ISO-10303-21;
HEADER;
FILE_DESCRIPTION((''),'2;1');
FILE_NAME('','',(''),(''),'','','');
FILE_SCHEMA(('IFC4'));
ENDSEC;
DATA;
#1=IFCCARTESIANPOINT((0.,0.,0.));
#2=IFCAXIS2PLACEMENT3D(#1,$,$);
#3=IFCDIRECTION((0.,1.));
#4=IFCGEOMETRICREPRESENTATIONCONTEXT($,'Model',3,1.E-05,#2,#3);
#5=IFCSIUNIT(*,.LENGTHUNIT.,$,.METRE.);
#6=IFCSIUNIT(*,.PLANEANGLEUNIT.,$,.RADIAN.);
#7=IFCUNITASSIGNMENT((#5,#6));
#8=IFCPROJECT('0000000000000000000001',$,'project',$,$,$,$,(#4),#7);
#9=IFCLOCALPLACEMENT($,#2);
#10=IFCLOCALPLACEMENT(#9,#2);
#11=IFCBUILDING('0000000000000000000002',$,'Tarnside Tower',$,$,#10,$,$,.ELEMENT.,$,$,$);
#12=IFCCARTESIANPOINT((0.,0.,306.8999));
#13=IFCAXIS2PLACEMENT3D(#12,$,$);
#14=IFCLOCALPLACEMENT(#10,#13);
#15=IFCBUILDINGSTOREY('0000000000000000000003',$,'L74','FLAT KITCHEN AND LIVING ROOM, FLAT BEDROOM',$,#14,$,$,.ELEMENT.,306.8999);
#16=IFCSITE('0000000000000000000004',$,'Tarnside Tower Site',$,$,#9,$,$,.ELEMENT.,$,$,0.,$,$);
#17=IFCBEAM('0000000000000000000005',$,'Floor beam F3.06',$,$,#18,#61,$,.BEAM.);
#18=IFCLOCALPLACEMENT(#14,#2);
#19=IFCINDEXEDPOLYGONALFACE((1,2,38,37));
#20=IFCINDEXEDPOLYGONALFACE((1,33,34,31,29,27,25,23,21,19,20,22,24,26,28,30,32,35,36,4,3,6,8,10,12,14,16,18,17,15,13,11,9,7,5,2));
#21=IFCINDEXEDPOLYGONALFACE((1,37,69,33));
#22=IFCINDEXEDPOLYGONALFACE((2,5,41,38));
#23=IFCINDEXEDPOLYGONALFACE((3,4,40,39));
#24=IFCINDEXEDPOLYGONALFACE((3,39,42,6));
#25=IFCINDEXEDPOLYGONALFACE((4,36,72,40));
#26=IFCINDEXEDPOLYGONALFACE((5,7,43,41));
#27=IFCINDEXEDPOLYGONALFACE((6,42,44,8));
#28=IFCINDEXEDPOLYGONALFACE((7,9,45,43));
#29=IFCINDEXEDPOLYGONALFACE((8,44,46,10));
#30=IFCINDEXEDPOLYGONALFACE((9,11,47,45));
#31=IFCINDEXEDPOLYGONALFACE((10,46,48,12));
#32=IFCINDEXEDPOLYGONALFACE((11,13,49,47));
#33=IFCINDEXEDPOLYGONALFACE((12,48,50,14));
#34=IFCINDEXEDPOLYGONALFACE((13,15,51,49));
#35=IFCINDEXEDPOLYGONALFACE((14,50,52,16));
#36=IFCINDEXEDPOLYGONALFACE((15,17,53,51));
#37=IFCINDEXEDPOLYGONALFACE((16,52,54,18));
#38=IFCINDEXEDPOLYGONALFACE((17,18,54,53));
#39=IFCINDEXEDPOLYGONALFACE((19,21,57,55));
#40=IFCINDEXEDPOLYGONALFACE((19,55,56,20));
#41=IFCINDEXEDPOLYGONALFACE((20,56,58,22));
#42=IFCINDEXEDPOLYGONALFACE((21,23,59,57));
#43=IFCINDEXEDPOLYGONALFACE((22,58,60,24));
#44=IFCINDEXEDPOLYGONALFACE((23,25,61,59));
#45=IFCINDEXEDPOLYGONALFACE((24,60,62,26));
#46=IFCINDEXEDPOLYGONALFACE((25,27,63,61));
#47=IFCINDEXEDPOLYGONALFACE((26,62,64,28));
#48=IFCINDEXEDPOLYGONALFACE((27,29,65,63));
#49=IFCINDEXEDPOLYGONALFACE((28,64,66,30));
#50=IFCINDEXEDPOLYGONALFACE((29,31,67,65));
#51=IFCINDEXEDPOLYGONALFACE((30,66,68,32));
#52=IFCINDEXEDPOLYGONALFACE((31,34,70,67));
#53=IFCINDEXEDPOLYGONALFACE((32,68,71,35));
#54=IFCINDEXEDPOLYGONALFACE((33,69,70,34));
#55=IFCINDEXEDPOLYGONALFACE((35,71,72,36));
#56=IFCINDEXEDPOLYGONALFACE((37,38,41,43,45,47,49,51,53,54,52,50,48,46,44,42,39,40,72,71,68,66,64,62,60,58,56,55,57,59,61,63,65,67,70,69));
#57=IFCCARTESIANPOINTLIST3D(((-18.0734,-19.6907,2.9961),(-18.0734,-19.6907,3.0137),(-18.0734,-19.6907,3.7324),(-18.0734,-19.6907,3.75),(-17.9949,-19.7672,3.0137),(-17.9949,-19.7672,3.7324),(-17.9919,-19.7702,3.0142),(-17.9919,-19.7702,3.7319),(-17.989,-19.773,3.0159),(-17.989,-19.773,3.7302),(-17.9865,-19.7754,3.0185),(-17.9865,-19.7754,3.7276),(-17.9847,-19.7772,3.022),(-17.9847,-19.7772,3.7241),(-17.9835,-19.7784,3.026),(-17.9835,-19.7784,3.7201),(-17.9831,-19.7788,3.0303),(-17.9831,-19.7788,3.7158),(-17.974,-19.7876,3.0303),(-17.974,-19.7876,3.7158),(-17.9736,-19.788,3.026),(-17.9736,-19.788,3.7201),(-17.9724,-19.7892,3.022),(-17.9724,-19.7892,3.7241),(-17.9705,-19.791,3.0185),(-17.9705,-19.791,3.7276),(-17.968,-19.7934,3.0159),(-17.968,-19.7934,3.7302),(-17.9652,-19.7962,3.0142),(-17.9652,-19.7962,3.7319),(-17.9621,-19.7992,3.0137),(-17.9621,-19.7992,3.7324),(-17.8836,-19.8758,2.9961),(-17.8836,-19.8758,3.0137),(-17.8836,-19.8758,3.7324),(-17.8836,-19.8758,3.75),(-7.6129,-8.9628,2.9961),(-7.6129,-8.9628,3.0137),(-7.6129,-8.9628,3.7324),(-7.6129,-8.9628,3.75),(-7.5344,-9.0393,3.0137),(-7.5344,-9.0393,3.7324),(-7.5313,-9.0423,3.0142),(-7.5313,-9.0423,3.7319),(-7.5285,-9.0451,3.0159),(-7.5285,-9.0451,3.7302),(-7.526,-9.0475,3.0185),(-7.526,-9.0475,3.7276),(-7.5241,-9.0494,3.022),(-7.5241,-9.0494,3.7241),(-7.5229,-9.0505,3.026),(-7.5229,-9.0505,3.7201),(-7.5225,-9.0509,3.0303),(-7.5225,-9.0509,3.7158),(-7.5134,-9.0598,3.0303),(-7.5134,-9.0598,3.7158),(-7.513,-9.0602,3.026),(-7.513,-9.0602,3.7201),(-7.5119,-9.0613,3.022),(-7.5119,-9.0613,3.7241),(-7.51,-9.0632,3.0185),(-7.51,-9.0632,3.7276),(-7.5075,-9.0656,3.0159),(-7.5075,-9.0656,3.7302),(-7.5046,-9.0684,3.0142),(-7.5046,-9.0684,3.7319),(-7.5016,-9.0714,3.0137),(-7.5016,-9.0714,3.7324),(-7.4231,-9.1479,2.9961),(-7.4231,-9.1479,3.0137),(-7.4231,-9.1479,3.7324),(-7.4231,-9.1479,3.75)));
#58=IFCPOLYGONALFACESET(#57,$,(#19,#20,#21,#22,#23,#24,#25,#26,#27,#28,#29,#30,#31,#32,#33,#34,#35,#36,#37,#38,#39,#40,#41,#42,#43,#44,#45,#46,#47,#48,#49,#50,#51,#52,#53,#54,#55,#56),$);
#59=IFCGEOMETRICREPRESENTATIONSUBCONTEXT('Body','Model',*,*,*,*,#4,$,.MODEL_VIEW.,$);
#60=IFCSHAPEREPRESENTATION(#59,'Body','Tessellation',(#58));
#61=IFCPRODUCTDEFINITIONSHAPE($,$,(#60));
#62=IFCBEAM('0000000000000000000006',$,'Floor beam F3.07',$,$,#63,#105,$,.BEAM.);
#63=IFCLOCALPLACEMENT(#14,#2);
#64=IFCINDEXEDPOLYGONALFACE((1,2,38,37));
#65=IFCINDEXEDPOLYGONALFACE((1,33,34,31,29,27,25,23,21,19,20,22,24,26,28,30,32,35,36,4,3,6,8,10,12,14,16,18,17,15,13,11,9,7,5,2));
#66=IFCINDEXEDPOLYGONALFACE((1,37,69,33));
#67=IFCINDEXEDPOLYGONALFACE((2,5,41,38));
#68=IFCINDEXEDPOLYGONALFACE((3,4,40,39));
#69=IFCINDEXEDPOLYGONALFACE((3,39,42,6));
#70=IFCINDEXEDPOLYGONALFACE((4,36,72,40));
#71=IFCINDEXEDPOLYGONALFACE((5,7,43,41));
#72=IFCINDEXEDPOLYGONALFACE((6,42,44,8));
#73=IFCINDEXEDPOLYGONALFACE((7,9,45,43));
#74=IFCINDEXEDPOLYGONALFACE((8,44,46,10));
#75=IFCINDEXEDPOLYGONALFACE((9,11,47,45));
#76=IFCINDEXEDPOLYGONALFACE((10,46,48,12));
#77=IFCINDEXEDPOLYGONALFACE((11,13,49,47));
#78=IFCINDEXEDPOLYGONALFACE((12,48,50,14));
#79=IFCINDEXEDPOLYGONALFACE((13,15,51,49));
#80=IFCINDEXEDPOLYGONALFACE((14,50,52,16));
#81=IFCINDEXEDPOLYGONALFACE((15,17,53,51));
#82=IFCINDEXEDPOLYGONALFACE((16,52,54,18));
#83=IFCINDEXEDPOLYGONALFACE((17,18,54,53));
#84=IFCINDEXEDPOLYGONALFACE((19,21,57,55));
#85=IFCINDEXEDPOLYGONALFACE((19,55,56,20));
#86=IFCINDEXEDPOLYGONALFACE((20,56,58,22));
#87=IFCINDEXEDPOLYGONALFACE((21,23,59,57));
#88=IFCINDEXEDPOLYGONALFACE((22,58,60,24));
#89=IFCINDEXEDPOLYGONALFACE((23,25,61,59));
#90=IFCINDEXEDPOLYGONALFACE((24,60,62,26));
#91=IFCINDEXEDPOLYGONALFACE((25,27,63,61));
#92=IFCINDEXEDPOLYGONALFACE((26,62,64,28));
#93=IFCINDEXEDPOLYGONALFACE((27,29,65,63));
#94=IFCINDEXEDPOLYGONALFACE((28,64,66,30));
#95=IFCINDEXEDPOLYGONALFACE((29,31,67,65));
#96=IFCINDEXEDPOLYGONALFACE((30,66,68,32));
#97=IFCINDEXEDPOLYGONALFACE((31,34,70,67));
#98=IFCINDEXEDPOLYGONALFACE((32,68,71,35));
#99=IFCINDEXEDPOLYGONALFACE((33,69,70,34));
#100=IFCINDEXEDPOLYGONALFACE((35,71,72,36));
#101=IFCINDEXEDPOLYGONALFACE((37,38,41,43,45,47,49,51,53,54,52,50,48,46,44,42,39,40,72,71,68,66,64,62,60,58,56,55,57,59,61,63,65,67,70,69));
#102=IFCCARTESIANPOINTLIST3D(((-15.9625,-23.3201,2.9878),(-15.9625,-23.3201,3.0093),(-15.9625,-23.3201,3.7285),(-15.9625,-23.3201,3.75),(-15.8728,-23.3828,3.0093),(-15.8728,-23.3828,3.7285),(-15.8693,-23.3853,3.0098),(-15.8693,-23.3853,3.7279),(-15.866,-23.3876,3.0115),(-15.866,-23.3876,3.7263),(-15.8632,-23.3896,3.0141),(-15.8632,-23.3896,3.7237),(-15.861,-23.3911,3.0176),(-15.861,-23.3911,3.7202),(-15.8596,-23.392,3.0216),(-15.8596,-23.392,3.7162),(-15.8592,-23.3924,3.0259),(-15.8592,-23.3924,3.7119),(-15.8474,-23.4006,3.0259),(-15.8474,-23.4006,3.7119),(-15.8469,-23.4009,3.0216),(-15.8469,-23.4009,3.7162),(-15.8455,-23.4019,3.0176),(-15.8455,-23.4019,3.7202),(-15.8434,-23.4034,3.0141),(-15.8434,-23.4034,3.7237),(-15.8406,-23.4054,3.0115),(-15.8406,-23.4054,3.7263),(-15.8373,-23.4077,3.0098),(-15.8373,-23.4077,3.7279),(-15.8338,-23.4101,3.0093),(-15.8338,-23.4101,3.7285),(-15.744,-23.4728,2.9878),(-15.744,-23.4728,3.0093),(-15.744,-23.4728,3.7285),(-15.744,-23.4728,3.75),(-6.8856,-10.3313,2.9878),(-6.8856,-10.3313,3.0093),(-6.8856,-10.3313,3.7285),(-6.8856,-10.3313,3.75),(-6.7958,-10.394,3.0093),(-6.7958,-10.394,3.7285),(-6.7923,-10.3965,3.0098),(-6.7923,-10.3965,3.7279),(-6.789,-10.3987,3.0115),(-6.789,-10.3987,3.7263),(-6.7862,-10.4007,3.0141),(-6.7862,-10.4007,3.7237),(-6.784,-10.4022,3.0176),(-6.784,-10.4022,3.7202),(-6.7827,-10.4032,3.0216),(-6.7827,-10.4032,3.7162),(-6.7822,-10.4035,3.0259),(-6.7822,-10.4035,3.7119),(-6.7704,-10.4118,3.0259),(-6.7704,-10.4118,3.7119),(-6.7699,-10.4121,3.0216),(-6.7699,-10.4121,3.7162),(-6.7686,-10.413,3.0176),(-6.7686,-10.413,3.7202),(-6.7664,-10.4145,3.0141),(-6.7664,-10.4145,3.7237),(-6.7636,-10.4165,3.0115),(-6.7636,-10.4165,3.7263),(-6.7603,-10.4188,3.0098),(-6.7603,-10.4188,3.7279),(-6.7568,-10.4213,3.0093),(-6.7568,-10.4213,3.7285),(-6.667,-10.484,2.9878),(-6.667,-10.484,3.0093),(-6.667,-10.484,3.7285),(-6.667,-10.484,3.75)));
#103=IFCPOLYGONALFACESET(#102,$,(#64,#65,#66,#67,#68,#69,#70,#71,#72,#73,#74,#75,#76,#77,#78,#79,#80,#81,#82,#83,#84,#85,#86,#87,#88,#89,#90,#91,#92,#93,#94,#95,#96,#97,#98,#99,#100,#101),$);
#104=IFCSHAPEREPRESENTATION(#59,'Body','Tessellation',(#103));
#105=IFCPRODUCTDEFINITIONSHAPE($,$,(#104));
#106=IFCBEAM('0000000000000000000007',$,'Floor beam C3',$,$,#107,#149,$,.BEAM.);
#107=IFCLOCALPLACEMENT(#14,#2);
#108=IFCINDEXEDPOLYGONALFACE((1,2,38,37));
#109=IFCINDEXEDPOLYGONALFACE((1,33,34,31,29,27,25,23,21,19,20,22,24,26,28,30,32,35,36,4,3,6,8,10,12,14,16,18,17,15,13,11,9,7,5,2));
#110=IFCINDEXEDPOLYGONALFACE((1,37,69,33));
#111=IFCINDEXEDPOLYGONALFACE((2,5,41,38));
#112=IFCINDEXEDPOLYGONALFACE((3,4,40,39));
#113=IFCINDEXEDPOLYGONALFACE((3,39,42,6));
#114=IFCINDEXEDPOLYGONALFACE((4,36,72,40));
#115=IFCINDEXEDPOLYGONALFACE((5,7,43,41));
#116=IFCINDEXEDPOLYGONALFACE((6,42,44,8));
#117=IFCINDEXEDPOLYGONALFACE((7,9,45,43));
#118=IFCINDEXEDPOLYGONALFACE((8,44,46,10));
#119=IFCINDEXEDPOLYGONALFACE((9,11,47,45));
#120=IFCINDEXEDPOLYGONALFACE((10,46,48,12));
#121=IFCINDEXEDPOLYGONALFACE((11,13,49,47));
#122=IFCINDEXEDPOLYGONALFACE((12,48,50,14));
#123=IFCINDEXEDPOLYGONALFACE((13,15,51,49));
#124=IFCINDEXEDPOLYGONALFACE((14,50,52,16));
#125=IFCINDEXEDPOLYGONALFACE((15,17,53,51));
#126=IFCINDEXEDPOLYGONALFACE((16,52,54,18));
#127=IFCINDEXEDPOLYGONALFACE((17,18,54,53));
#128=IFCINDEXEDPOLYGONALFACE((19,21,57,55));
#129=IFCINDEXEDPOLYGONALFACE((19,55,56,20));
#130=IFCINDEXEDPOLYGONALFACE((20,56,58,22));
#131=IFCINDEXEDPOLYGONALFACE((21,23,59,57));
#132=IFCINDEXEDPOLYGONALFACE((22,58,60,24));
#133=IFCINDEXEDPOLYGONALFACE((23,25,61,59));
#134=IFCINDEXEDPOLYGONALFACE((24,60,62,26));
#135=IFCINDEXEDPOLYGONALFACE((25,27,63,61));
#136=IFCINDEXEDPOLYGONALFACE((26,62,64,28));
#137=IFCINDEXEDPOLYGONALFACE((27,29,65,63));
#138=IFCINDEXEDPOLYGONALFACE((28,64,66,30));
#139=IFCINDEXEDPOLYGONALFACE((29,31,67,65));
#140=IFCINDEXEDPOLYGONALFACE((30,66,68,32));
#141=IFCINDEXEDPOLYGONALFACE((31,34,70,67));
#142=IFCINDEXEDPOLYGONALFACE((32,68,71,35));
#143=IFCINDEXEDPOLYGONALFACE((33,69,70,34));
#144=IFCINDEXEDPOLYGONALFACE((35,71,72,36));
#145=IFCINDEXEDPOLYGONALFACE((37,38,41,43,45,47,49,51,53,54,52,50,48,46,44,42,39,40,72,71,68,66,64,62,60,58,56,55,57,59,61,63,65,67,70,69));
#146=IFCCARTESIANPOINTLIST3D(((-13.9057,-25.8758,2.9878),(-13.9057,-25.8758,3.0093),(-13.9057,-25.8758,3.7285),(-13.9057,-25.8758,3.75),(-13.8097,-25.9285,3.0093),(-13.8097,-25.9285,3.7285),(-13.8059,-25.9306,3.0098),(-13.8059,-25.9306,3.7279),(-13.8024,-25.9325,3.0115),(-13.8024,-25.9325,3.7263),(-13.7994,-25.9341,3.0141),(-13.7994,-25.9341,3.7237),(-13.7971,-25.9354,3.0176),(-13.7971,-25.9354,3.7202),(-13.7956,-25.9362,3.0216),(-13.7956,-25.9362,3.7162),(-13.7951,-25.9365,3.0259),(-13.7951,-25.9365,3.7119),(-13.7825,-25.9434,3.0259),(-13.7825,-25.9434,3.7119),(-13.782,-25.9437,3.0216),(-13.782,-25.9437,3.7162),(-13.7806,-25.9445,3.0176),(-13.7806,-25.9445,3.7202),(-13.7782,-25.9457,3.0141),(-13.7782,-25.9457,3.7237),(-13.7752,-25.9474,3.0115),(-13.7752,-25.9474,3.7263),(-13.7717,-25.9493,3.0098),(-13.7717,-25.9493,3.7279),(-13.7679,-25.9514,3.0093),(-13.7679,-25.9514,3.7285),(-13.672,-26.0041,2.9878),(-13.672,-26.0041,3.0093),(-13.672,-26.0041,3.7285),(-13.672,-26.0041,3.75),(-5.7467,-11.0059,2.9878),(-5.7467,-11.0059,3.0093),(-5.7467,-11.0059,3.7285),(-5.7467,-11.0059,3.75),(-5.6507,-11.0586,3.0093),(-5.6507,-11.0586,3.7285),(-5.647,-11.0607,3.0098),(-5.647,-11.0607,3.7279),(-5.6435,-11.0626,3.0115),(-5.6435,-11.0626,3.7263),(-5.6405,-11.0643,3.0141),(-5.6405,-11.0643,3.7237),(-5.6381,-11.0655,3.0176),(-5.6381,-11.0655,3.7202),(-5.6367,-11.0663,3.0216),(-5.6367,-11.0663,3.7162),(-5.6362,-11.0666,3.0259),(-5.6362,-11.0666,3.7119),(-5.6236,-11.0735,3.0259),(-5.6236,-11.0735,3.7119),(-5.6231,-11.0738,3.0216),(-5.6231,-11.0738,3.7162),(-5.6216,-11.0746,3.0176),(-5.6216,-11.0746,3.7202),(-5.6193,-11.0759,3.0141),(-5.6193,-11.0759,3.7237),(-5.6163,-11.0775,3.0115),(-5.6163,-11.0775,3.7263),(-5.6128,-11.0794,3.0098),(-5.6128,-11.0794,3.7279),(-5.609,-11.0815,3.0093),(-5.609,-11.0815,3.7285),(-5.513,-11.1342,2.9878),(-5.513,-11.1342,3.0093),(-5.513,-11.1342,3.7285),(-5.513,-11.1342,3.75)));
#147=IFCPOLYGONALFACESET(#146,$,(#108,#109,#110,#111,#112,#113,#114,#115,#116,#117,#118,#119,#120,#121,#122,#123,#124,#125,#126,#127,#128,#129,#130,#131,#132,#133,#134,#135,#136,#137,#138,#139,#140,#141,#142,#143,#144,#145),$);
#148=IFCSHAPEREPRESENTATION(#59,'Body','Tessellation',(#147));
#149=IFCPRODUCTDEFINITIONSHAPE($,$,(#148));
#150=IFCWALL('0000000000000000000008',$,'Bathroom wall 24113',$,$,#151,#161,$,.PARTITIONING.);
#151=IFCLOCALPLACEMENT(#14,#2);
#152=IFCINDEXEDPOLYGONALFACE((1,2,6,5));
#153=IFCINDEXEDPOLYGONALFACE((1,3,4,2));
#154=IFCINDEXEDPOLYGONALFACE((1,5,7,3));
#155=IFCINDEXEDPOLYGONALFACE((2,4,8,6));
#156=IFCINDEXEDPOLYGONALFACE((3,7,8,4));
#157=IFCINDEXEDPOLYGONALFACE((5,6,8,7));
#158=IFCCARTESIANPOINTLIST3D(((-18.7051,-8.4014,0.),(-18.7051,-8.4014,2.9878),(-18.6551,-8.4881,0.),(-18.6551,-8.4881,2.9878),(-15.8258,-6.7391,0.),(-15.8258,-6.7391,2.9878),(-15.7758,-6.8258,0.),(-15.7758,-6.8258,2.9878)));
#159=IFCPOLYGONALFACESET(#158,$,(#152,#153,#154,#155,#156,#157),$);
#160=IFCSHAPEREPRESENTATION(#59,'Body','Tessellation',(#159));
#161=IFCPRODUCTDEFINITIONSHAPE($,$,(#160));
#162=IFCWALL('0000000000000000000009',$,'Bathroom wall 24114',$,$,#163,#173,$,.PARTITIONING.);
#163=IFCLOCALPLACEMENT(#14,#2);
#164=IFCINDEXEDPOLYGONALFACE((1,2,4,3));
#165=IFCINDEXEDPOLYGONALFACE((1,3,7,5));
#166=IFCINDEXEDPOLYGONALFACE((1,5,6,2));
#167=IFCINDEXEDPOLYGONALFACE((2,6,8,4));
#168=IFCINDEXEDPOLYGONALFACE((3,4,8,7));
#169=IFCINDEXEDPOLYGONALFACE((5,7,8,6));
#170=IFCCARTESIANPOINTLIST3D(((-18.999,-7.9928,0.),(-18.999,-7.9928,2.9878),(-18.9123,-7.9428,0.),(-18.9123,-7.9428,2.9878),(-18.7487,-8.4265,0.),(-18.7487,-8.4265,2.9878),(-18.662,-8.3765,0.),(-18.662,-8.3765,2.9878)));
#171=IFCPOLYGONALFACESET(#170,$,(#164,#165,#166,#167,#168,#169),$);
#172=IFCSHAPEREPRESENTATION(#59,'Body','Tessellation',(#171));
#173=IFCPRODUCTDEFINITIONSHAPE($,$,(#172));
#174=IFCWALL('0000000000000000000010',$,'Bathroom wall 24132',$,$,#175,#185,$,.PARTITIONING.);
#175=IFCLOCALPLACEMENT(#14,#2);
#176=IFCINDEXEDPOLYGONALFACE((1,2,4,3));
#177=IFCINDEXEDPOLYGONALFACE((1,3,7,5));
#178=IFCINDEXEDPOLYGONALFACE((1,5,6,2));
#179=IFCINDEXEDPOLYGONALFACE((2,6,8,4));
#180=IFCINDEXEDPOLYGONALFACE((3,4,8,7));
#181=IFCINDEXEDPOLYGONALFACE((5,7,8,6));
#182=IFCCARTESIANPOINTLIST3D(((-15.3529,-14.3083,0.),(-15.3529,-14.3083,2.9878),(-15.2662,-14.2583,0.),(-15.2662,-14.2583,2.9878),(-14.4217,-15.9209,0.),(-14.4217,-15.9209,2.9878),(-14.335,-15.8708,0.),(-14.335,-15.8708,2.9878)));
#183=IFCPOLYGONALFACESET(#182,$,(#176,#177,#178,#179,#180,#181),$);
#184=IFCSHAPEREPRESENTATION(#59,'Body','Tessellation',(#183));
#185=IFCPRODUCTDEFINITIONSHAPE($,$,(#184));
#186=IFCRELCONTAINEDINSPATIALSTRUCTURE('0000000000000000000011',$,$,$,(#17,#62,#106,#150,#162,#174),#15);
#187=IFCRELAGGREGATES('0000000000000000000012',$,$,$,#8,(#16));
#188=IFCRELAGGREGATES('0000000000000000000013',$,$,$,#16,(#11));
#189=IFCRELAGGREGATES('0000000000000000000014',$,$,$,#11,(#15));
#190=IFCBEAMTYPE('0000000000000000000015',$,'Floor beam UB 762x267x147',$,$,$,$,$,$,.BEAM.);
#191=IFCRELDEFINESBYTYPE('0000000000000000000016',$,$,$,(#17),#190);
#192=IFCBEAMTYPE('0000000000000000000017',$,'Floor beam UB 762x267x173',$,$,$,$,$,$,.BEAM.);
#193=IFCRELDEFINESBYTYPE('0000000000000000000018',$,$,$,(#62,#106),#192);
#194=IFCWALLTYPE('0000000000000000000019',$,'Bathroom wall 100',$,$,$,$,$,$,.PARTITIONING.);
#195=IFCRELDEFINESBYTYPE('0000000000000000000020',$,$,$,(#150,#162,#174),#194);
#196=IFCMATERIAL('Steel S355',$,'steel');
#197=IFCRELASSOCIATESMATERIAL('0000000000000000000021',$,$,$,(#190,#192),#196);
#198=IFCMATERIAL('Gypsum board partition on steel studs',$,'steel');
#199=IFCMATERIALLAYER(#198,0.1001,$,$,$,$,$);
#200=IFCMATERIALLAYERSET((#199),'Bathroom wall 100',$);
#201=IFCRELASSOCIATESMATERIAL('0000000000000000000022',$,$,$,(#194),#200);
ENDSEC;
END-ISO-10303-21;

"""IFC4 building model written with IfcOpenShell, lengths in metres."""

from ifc_helpers import new_model, si_unit, direction, frame, frame_2d, origin, origin_2d, place, context, subcontext, project, spatial, rectangle, i_section, extrude, material, layer, layer_set, material_profile, profile_set, type_object, element, save


model = new_model("IFC4")

# Units and contexts
model_context = context("Model", 3, precision=1e-05, world=origin(), true_north=direction((0.0, 1.0)))
body_context = subcontext(model_context, "Body", "Model", "MODEL_VIEW")
ifc_project = project(units=[si_unit("LENGTHUNIT", "METRE"), si_unit("PLANEANGLEUNIT", "RADIAN")], contexts=[model_context])

# Site, building, storey
site_placement = place(None, origin())
site = spatial("IfcSite", under=ifc_project, at=site_placement, Name="Tarnside Tower Site", CompositionType="ELEMENT", RefElevation=0.0)
building_placement = place(site_placement, origin())
building = spatial("IfcBuilding", under=site, at=building_placement, Name="Tarnside Tower", CompositionType="ELEMENT")
storey_placement = place(building_placement, frame((0.0, 0.0, 306.8999)))
storey = spatial("IfcBuildingStorey", under=building, at=storey_placement, Name="L74", Description="FLAT KITCHEN AND LIVING ROOM, FLAT BEDROOM", CompositionType="ELEMENT", Elevation=306.8999)

# Beams
ifc_material_1 = material(Name="Steel S355", Category="steel")
ifc_material_profile_1 = material_profile(ifc_material_1, i_section(OverallWidth=0.2651, OverallDepth=0.7539, WebThickness=0.0127, FlangeThickness=0.0176, FilletRadius=0.0166, at=origin_2d()), Name="UB 762x267x147")
ifc_profile_set_1 = profile_set([ifc_material_profile_1], Name="Steel S355")
beam_type_1 = type_object("IfcBeamType", Name="Floor beam UB 762x267x147", PredefinedType="BEAM", material=ifc_profile_set_1)
beam_1_placement = place(storey_placement, frame((-17.9785, -19.7832, 3.373), z_axis=(0.69813, 0.715971, 0.0), x_axis=(-0.715971, 0.69813, 0.0)))
element("IfcBeam", 1, at=beam_1_placement, inside=storey, type_object=beam_type_1, Name="Floor beam F3.06", PredefinedType="BEAM", context=body_context, shape_type="SweptSolid", body=[
    extrude(i_section(OverallWidth=0.2651, OverallDepth=0.7539, WebThickness=0.0127, FlangeThickness=0.0176, FilletRadius=0.0166, at=origin_2d()), origin(), (0.0, 0.0, 1.0), 14.9836),
])
ifc_material_profile_2 = material_profile(ifc_material_1, i_section(OverallWidth=0.2666, OverallDepth=0.7622, WebThickness=0.0144, FlangeThickness=0.0215, FilletRadius=0.0166, at=origin_2d()), Name="UB 762x267x173")
ifc_profile_set_2 = profile_set([ifc_material_profile_2], Name="Steel S355")
beam_type_2 = type_object("IfcBeamType", Name="Floor beam UB 762x267x173", PredefinedType="BEAM", material=ifc_profile_set_2)
beam_2_placement = place(storey_placement, frame((-15.8533, -23.3965, 3.3689), z_axis=(0.572817, 0.819683, 0.0), x_axis=(-0.819683, 0.572817, 0.0)))
element("IfcBeam", 2, at=beam_2_placement, inside=storey, type_object=beam_type_2, Name="Floor beam F3.07", PredefinedType="BEAM", context=body_context, shape_type="SweptSolid", body=[
    extrude(i_section(OverallWidth=0.2666, OverallDepth=0.7622, WebThickness=0.0144, FlangeThickness=0.0215, FilletRadius=0.0166, at=origin_2d()), origin(), (0.0, 0.0, 1.0), 15.8462),
])
beam_3_placement = place(storey_placement, frame((-13.7888, -25.9399, 3.3689), z_axis=(0.481036, 0.876701, 0.0), x_axis=(-0.876701, 0.481036, 0.0)))
element("IfcBeam", 3, at=beam_3_placement, inside=storey, type_object=beam_type_2, Name="Floor beam C3", PredefinedType="BEAM", context=body_context, shape_type="SweptSolid", body=[
    extrude(i_section(OverallWidth=0.2666, OverallDepth=0.7622, WebThickness=0.0144, FlangeThickness=0.0215, FilletRadius=0.0166, at=origin_2d()), origin(), (0.0, 0.0, 1.0), 16.9612),
])

# Walls
ifc_material_2 = material(Name="Gypsum board partition on steel studs", Category="steel")
ifc_layer_1 = layer(ifc_material_2, 0.1001)
ifc_layer_set_1 = layer_set([ifc_layer_1], Name="Bathroom wall 100")
wall_type_1 = type_object("IfcWallType", Name="Bathroom wall 100", PredefinedType="PARTITIONING", material=ifc_layer_set_1)
wall_1_placement = place(storey_placement, frame((-15.8008, -6.7825, 0.0), z_axis=(0.0, 0.0, 1.0), x_axis=(-0.866034, -0.499985, 0.0)))
element("IfcWall", 4, at=wall_1_placement, inside=storey, type_object=wall_type_1, Name="Bathroom wall 24113", PredefinedType="PARTITIONING", context=body_context, shape_type="SweptSolid", body=[
    extrude(rectangle(XDim=3.3247, YDim=0.1001, at=frame_2d((1.6624, 0.0))), origin(), (0.0, 0.0, 1.0), 2.9878),
])
wall_2_placement = place(storey_placement, frame((-18.7053, -8.4016, 0.0), z_axis=(0.0, 0.0, 1.0), x_axis=(-0.499863, 0.866104, 0.0)))
element("IfcWall", 5, at=wall_2_placement, inside=storey, type_object=wall_type_1, Name="Bathroom wall 24114", PredefinedType="PARTITIONING", context=body_context, shape_type="SweptSolid", body=[
    extrude(rectangle(XDim=0.5007, YDim=0.1001, at=frame_2d((0.2505, 0.0))), origin(), (0.0, 0.0, 1.0), 2.9878),
])
wall_3_placement = place(storey_placement, frame((-15.3096, -14.2832, 0.0), z_axis=(0.0, 0.0, 1.0), x_axis=(0.500059, -0.865991, 0.0)))
element("IfcWall", 6, at=wall_3_placement, inside=storey, type_object=wall_type_1, Name="Bathroom wall 24132", PredefinedType="PARTITIONING", context=body_context, shape_type="SweptSolid", body=[
    extrude(rectangle(XDim=1.8621, YDim=0.1001, at=frame_2d((0.9312, 0.0))), origin(), (0.0, 0.0, 1.0), 2.9878),
])

save(model, "model.ifc")
